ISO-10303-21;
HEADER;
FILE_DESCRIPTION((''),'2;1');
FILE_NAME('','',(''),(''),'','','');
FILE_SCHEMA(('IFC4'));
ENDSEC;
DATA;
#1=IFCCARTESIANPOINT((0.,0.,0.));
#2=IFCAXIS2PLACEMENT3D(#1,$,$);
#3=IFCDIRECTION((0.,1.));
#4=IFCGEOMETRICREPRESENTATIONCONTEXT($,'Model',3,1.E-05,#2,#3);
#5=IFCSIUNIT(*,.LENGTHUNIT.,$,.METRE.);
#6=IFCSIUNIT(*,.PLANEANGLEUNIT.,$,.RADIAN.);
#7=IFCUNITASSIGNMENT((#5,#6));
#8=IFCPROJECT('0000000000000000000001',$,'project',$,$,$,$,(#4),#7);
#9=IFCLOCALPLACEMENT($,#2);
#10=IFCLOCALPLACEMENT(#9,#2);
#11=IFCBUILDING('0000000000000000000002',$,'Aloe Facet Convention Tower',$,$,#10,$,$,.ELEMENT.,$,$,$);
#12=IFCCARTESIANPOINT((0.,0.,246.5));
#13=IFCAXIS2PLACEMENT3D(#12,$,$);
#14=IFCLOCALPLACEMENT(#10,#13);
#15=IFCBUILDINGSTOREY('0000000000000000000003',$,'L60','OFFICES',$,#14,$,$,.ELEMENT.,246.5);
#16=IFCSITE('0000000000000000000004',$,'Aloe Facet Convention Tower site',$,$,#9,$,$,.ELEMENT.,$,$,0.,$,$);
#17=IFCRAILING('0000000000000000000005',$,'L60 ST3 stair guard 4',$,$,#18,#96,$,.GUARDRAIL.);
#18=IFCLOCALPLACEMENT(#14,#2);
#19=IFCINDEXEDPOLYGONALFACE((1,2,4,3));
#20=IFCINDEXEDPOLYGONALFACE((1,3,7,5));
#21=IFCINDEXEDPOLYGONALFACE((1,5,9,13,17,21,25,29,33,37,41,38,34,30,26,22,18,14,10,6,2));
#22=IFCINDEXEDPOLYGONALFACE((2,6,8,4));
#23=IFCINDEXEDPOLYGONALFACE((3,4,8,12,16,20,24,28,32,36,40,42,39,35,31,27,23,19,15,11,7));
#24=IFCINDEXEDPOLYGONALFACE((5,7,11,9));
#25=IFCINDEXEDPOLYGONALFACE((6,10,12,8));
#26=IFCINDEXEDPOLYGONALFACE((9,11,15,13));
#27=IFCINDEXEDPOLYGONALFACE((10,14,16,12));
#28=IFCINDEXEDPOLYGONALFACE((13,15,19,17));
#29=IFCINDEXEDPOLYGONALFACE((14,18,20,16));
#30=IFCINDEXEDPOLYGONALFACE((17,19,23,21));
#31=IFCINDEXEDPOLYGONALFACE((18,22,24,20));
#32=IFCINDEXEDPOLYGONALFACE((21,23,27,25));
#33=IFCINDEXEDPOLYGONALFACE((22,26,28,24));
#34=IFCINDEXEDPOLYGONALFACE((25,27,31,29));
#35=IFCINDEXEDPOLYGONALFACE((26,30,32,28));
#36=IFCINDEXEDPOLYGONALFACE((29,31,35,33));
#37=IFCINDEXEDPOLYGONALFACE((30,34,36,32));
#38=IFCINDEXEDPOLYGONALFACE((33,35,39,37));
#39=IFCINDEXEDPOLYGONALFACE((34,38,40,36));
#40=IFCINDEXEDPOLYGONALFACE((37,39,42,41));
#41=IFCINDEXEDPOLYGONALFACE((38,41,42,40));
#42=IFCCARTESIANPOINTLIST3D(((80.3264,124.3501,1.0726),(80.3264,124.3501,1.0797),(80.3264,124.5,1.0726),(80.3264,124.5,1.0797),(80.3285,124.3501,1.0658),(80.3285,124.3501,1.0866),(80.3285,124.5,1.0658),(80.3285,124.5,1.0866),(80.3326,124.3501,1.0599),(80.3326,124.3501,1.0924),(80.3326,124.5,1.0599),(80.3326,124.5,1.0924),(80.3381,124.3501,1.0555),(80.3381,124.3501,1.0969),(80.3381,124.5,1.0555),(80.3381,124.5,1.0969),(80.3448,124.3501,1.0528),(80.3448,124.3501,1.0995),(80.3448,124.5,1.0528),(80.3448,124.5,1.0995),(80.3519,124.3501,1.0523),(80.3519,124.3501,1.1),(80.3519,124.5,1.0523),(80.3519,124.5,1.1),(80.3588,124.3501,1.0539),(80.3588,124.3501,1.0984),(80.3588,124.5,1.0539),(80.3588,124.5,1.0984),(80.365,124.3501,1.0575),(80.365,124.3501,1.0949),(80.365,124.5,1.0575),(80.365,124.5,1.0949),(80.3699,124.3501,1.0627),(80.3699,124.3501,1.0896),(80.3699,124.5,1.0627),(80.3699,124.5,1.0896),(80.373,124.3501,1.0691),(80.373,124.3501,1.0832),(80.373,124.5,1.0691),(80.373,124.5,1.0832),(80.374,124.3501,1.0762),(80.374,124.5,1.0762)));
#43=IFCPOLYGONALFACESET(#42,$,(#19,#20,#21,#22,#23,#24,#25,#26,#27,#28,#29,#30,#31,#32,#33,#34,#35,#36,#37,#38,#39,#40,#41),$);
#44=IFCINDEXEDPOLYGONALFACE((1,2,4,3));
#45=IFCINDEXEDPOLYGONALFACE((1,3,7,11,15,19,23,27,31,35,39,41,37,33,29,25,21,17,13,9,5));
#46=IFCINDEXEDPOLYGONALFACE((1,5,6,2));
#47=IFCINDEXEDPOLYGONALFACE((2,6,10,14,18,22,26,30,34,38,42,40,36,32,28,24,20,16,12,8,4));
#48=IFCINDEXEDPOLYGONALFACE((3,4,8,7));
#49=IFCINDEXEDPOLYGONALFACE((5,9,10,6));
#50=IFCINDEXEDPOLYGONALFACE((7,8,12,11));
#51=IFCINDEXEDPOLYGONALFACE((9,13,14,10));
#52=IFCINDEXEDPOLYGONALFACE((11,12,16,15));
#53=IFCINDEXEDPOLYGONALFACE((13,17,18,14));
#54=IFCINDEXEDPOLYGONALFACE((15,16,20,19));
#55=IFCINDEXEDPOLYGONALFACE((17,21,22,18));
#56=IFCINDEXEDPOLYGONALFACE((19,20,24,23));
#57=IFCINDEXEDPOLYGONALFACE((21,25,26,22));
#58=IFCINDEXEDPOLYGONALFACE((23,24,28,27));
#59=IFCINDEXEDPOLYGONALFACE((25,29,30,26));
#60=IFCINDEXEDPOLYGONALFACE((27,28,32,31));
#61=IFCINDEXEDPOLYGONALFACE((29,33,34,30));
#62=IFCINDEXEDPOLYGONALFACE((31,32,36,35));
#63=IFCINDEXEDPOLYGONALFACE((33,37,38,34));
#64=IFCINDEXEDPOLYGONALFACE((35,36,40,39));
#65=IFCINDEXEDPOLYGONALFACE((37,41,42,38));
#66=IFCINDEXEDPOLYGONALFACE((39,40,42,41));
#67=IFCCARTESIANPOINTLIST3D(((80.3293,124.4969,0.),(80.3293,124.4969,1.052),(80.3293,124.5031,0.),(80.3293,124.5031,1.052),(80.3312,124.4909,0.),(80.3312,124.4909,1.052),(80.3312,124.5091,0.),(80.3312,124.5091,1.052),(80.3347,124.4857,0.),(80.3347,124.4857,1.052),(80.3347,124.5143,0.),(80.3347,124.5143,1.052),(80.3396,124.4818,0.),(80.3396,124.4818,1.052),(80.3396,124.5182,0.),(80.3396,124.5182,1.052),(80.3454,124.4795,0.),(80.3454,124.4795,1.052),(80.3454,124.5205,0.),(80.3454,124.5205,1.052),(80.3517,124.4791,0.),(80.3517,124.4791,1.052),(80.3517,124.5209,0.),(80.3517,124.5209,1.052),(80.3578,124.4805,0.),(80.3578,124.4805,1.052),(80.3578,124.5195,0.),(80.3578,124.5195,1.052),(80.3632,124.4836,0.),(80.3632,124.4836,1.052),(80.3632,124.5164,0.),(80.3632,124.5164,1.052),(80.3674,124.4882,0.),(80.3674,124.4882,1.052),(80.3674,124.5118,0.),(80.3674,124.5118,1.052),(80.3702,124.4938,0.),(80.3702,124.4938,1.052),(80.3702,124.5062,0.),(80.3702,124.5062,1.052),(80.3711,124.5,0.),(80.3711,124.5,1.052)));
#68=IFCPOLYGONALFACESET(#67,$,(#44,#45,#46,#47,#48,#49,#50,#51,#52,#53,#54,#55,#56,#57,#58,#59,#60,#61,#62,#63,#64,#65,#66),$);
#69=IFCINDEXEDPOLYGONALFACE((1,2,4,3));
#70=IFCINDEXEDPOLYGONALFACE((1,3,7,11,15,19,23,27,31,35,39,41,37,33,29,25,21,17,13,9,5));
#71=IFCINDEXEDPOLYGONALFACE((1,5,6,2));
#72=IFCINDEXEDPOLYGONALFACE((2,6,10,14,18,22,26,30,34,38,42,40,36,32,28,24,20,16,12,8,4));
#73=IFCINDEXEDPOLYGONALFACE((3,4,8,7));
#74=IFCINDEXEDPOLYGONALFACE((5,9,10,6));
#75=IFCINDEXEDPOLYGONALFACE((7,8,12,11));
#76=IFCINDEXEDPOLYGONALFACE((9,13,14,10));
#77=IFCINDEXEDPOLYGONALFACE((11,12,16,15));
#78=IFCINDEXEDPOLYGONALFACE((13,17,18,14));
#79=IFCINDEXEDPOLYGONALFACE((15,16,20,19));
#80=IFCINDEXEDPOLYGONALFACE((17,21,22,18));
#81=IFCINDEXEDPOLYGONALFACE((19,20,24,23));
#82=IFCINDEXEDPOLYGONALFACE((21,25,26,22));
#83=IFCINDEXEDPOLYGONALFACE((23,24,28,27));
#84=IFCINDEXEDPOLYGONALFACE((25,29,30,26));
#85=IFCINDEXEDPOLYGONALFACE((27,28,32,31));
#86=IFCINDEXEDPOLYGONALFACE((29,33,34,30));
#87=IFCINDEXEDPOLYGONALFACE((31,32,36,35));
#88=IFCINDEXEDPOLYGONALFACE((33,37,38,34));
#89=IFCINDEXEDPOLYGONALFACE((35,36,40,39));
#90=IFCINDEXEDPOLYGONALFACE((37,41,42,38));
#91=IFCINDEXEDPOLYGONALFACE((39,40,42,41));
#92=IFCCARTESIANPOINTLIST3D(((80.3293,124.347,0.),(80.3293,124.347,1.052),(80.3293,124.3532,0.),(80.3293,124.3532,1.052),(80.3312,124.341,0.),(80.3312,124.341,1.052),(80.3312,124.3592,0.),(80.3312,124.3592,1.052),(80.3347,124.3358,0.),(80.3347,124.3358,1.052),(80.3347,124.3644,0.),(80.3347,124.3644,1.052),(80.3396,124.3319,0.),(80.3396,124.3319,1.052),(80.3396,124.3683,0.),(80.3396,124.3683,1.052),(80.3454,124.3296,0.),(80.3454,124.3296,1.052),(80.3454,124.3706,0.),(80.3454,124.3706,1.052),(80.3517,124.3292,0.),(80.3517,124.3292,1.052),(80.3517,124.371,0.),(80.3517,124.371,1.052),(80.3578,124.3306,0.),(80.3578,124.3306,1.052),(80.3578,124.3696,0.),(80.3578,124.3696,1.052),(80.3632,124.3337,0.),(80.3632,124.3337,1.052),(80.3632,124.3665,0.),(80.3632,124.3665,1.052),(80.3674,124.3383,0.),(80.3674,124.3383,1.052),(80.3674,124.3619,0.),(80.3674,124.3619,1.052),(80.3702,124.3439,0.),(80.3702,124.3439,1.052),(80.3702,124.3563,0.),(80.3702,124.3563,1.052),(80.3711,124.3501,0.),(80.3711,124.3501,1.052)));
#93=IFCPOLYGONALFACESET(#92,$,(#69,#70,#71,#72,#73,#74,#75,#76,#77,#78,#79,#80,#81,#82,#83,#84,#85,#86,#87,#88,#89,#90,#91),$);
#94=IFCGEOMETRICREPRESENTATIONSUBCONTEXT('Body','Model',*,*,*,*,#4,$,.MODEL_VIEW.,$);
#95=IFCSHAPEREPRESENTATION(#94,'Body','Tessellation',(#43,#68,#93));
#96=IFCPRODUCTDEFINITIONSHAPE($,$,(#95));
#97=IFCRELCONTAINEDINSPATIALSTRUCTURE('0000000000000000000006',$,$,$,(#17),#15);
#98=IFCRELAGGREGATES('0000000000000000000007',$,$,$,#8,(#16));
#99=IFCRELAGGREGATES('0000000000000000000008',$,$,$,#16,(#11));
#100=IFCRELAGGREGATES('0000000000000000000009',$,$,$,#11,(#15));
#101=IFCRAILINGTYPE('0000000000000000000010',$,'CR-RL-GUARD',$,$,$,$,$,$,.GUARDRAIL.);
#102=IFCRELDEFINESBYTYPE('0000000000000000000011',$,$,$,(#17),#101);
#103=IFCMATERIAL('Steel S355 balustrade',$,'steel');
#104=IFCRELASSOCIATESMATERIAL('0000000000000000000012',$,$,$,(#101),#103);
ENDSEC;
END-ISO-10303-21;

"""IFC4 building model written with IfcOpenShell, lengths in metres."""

from ifc_helpers import new_model, si_unit, direction, frame, origin, origin_2d, place, context, subcontext, project, spatial, circle, extrude, material, type_object, element, save


model = new_model("IFC4")

# Units and contexts
model_context = context("Model", 3, precision=1e-05, world=origin(), true_north=direction((0.0, 1.0)))
body_context = subcontext(model_context, "Body", "Model", "MODEL_VIEW")
ifc_project = project(units=[si_unit("LENGTHUNIT", "METRE"), si_unit("PLANEANGLEUNIT", "RADIAN")], contexts=[model_context])

# Site, building, storey
site_placement = place(None, origin())
site = spatial("IfcSite", under=ifc_project, at=site_placement, Name="Aloe Facet Convention Tower site", CompositionType="ELEMENT", RefElevation=0.0)
building_placement = place(site_placement, origin())
building = spatial("IfcBuilding", under=site, at=building_placement, Name="Aloe Facet Convention Tower", CompositionType="ELEMENT")
storey_placement = place(building_placement, frame((0.0, 0.0, 246.5)))
storey = spatial("IfcBuildingStorey", under=building, at=storey_placement, Name="L60", Description="OFFICES", CompositionType="ELEMENT", Elevation=246.5)

# Railing
ifc_material_1 = material(Name="Steel S355 balustrade", Category="steel")
railing_type_1 = type_object("IfcRailingType", Name="CR-RL-GUARD", PredefinedType="GUARDRAIL", material=ifc_material_1)
railing_1_placement = place(storey_placement, frame((80.3501, 124.5, 0.0)))
element("IfcRailing", 1, at=railing_1_placement, inside=storey, type_object=railing_type_1, Name="L60 ST3 stair guard 4", PredefinedType="GUARDRAIL", context=body_context, shape_type="SweptSolid", body=[
    extrude(circle(Radius=0.0239, at=origin_2d()), frame((0.0, 0.0, 1.0762), z_axis=(0.0, -1.0, 0.0), x_axis=(1.0, 0.0, 0.0)), (0.0, 0.0, 1.0), 0.1499),
    extrude(circle(Radius=0.021, at=origin_2d()), origin(), (0.0, 0.0, 1.0), 1.052),
    extrude(circle(Radius=0.021, at=origin_2d()), frame((0.0, -0.1499, 0.0)), (0.0, 0.0, 1.0), 1.052),
])

save(model, "model.ifc")
